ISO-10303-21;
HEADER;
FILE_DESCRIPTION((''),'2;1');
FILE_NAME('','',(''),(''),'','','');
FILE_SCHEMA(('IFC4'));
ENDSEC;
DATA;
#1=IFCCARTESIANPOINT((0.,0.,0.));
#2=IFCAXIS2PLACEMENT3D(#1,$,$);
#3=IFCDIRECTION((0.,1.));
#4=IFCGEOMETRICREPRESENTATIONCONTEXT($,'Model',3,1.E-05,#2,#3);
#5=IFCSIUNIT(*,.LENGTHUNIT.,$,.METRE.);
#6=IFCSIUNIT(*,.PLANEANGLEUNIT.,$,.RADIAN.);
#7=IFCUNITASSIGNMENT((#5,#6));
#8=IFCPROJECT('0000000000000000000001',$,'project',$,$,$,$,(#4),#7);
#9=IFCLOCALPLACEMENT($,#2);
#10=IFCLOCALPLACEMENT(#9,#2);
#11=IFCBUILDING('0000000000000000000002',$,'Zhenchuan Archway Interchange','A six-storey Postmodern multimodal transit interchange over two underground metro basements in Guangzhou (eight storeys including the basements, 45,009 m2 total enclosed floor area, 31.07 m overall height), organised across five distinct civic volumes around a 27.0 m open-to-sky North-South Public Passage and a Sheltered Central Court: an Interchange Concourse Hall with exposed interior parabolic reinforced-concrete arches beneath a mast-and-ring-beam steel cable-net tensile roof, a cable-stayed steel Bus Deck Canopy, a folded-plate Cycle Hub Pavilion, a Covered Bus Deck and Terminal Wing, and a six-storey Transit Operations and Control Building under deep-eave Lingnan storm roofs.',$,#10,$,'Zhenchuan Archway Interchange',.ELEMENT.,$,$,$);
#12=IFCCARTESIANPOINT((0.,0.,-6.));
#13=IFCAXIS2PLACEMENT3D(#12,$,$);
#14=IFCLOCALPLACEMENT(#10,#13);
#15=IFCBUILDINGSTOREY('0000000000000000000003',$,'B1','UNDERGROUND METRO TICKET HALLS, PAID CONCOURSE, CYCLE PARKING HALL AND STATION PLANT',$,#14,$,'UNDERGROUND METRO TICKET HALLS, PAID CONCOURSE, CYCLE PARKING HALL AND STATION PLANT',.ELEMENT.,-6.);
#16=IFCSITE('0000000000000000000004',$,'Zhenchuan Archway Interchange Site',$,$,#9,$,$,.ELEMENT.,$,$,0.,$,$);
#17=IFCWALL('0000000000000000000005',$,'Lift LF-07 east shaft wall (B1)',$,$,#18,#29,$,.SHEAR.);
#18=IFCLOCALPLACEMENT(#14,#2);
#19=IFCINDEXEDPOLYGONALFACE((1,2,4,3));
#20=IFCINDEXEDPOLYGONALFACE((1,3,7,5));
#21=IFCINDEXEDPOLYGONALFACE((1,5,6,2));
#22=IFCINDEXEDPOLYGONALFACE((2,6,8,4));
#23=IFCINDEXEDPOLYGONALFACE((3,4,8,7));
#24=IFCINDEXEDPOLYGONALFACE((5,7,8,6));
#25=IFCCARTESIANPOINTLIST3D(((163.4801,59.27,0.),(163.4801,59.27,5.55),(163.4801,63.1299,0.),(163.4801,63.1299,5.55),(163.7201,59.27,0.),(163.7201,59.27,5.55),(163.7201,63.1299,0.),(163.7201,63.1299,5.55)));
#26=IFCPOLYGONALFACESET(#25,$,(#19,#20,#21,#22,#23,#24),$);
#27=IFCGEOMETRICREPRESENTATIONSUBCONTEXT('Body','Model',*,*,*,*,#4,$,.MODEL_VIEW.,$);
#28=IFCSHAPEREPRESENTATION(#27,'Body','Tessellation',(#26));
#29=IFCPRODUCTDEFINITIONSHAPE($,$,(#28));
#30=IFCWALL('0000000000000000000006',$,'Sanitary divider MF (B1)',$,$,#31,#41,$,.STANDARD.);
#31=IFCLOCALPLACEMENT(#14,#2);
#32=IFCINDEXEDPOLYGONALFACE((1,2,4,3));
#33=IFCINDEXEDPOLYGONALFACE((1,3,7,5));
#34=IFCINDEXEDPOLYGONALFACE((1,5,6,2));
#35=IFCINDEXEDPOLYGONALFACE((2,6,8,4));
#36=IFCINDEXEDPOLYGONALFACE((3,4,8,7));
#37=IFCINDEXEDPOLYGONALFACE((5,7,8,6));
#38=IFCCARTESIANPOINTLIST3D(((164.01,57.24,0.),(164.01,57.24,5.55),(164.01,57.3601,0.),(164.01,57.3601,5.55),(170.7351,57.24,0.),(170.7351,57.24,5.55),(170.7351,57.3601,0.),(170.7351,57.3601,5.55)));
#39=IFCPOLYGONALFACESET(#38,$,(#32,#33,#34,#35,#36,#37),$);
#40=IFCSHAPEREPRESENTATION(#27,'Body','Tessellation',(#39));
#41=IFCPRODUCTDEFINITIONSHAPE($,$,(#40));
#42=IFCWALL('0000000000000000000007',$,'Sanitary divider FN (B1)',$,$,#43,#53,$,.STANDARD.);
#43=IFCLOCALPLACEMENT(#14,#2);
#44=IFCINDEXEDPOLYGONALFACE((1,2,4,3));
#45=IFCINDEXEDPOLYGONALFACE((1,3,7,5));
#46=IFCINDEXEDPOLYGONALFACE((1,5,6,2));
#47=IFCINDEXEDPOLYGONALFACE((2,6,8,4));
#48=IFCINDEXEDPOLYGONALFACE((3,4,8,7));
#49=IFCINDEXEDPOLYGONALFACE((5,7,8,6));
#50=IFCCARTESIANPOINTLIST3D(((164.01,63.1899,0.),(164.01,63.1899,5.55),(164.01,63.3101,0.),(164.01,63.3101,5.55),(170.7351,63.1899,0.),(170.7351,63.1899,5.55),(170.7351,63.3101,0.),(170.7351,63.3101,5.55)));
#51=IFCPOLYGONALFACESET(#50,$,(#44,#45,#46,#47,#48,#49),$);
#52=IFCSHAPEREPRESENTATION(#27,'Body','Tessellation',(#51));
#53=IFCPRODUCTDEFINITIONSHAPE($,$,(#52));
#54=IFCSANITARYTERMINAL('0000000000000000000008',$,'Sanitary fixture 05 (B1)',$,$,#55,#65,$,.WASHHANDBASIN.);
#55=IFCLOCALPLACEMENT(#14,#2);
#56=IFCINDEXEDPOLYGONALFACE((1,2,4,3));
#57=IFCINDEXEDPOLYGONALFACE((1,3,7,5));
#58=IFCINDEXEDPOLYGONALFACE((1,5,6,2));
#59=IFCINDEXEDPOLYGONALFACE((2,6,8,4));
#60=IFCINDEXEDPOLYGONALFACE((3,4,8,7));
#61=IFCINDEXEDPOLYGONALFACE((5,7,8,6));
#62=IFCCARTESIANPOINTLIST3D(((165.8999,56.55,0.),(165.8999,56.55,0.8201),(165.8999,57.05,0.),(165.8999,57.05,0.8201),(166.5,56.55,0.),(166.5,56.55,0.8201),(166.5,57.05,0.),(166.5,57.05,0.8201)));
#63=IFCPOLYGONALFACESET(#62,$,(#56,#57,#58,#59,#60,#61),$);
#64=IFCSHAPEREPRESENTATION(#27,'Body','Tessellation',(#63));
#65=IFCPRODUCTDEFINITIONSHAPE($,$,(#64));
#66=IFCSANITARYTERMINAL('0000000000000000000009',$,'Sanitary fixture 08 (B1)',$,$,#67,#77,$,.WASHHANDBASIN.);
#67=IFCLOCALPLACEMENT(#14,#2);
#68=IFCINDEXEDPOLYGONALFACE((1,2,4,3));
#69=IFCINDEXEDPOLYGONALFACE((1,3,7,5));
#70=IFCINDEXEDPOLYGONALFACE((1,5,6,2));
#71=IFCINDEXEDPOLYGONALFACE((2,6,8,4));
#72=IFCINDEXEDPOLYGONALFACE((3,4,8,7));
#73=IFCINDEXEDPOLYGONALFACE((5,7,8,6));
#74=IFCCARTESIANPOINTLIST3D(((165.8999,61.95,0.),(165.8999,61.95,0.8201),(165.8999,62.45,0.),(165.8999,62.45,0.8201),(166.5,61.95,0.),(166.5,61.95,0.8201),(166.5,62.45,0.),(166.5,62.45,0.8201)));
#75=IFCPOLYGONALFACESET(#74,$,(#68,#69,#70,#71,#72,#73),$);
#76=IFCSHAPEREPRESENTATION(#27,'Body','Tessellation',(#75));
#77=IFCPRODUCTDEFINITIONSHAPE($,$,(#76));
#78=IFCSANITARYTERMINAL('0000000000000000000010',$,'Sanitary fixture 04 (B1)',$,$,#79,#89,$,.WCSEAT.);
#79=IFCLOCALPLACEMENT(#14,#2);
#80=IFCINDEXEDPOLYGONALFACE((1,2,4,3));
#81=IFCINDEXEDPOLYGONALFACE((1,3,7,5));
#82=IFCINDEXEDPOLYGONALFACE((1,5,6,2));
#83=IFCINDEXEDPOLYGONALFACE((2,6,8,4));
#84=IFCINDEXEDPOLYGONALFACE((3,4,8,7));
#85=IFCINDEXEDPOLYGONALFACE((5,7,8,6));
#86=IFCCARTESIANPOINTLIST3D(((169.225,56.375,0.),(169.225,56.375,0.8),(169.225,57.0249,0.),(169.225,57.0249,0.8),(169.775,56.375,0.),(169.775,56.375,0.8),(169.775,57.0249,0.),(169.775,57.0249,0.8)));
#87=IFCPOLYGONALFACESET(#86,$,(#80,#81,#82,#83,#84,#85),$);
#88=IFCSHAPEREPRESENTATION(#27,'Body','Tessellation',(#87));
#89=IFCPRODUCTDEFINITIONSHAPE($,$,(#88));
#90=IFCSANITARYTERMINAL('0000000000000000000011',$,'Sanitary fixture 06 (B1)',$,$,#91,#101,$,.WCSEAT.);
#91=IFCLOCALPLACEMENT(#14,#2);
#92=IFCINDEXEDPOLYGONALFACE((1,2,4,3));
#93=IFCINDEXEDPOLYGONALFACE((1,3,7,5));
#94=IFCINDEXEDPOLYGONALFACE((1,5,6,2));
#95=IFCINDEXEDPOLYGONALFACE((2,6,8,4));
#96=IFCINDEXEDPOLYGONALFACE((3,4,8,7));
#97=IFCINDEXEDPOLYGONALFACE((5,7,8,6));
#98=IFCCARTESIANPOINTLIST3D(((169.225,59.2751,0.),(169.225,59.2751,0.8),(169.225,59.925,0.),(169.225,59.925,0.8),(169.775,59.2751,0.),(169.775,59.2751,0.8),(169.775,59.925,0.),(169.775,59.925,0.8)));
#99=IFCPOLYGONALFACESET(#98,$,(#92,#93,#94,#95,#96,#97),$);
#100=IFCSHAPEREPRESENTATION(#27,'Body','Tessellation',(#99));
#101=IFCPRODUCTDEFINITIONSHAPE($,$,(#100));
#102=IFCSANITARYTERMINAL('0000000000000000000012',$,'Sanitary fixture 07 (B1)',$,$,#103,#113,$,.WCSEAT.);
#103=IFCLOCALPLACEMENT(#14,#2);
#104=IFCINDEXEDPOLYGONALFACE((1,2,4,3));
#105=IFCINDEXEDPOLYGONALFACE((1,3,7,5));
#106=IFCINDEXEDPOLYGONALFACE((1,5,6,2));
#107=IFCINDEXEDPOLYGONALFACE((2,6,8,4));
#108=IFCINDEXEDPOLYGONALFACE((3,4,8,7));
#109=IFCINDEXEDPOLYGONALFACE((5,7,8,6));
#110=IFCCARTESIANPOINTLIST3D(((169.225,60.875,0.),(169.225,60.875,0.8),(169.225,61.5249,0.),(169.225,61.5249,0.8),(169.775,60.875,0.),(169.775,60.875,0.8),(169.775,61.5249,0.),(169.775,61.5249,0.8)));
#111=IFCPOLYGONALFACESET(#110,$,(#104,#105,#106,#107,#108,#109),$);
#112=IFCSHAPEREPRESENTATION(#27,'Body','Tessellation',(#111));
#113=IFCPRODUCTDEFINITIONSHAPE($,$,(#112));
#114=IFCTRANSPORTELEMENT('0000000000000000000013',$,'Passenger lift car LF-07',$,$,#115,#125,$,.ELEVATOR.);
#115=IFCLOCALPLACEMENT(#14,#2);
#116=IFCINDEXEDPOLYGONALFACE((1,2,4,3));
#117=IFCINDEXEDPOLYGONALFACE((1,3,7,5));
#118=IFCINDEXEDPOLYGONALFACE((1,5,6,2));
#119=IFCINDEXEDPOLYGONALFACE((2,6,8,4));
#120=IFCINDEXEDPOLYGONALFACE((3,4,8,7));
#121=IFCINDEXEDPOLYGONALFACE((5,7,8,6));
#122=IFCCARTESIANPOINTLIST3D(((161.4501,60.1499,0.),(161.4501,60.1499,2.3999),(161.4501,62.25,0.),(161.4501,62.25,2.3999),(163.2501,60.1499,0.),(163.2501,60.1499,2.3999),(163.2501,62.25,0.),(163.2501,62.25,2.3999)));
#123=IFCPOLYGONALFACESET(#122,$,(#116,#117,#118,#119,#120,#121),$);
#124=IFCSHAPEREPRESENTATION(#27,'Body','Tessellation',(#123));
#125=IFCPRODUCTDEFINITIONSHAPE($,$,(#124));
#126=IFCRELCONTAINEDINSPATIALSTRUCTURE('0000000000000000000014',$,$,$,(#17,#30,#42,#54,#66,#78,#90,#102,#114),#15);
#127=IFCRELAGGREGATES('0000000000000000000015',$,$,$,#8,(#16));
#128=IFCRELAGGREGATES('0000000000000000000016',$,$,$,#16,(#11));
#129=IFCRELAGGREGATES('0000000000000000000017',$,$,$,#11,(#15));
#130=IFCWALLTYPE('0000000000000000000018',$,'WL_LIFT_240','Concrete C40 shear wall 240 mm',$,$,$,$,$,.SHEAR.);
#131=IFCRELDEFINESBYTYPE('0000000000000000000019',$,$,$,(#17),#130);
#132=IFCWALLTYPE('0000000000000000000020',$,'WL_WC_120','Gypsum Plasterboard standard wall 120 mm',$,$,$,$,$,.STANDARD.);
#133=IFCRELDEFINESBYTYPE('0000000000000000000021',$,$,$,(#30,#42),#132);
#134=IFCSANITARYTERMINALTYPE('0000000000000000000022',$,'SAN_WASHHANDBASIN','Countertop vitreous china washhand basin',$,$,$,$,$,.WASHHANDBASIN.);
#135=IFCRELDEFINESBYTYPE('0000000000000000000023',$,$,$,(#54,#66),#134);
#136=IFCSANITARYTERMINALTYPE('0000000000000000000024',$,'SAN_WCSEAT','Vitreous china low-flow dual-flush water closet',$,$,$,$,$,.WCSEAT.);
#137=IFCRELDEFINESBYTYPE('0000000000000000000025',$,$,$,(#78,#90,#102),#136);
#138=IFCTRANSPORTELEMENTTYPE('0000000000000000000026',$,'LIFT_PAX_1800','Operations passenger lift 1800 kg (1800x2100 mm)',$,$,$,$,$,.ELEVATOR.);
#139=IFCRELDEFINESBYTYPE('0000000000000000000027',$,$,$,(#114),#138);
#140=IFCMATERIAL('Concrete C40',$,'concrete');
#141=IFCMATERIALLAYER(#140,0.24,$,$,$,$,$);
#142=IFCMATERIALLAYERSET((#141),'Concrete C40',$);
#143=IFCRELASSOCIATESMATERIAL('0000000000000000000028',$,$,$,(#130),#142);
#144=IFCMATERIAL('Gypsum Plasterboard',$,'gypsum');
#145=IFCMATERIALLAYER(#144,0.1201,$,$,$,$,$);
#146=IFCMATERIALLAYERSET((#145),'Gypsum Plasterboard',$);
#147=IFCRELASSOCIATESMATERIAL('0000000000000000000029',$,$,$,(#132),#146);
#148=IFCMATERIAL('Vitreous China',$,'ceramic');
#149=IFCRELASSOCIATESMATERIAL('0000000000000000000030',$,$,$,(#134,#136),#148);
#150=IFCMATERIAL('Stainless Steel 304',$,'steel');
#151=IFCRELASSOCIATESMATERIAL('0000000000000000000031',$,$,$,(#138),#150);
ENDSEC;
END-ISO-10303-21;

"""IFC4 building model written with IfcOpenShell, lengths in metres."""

from ifc_helpers import new_model, si_unit, direction, frame, frame_2d, origin, origin_2d, place, context, subcontext, project, spatial, rectangle, extrude, material, layer, layer_set, type_object, element, save


model = new_model("IFC4")

# Units and contexts
model_context = context("Model", 3, precision=1e-05, world=origin(), true_north=direction((0.0, 1.0)))
body_context = subcontext(model_context, "Body", "Model", "MODEL_VIEW")
ifc_project = project(units=[si_unit("LENGTHUNIT", "METRE"), si_unit("PLANEANGLEUNIT", "RADIAN")], contexts=[model_context])

# Site, building, storey
site_placement = place(None, origin())
site = spatial("IfcSite", under=ifc_project, at=site_placement, Name="Zhenchuan Archway Interchange Site", CompositionType="ELEMENT", RefElevation=0.0)
building_placement = place(site_placement, origin())
building = spatial("IfcBuilding", under=site, at=building_placement, Name="Zhenchuan Archway Interchange", Description="A six-storey Postmodern multimodal transit interchange over two underground metro basements in Guangzhou (eight storeys including the basements, 45,009 m2 total enclosed floor area, 31.07 m overall height), organised across five distinct civic volumes around a 27.0 m open-to-sky North-South Public Passage and a Sheltered Central Court: an Interchange Concourse Hall with exposed interior parabolic reinforced-concrete arches beneath a mast-and-ring-beam steel cable-net tensile roof, a cable-stayed steel Bus Deck Canopy, a folded-plate Cycle Hub Pavilion, a Covered Bus Deck and Terminal Wing, and a six-storey Transit Operations and Control Building under deep-eave Lingnan storm roofs.", LongName="Zhenchuan Archway Interchange", CompositionType="ELEMENT")
storey_placement = place(building_placement, frame((0.0, 0.0, -6.0)))
storey = spatial("IfcBuildingStorey", under=building, at=storey_placement, Name="B1", Description="UNDERGROUND METRO TICKET HALLS, PAID CONCOURSE, CYCLE PARKING HALL AND STATION PLANT", LongName="UNDERGROUND METRO TICKET HALLS, PAID CONCOURSE, CYCLE PARKING HALL AND STATION PLANT", CompositionType="ELEMENT", Elevation=-6.0)

# Shared definitions
ifc_material_1 = material(Name="Concrete C40", Category="concrete")

# Walls
ifc_layer_1 = layer(ifc_material_1, 0.24)
ifc_layer_set_1 = layer_set([ifc_layer_1], Name="Concrete C40")
wall_type_1 = type_object("IfcWallType", Name="WL_LIFT_240", Description="Concrete C40 shear wall 240 mm", PredefinedType="SHEAR", material=ifc_layer_set_1)
wall_1_placement = place(storey_placement, frame((163.6001, 59.27, 0.0), z_axis=(0.0, 0.0, 1.0), x_axis=(0.0, 1.0, 0.0)))
element("IfcWall", 1, at=wall_1_placement, inside=storey, type_object=wall_type_1, Name="Lift LF-07 east shaft wall (B1)", PredefinedType="SHEAR", context=body_context, shape_type="SweptSolid", body=[
    extrude(rectangle(XDim=3.8599, YDim=0.24, at=frame_2d((1.9299, 0.0))), origin(), (0.0, 0.0, 1.0), 5.55),
])
ifc_material_2 = material(Name="Gypsum Plasterboard", Category="gypsum")
ifc_layer_2 = layer(ifc_material_2, 0.1201)
ifc_layer_set_2 = layer_set([ifc_layer_2], Name="Gypsum Plasterboard")
wall_type_2 = type_object("IfcWallType", Name="WL_WC_120", Description="Gypsum Plasterboard standard wall 120 mm", PredefinedType="STANDARD", material=ifc_layer_set_2)
for number, where, z_axis, x_axis, name in (
    (2, (164.01, 57.3, 0.0), (0.0, 0.0, 1.0), (1.0, 0.0, 0.0), "Sanitary divider MF (B1)"),
    (3, (164.01, 63.25, 0.0), (0.0, 0.0, 1.0), (1.0, 0.0, 0.0), "Sanitary divider FN (B1)"),
):
    element("IfcWall", number, at=place(storey_placement, frame(where, z_axis=z_axis, x_axis=x_axis)), inside=storey, type_object=wall_type_2, Name=name, PredefinedType="STANDARD", context=body_context, shape_type="SweptSolid", body=[
        extrude(rectangle(XDim=6.7251, YDim=0.1201, at=frame_2d((3.3625, 0.0))), origin(), (0.0, 0.0, 1.0), 5.55),
    ])

# Sanitary terminals
ifc_material_3 = material(Name="Vitreous China", Category="ceramic")
sanitary_terminal_type_1 = type_object("IfcSanitaryTerminalType", Name="SAN_WASHHANDBASIN", Description="Countertop vitreous china washhand basin", PredefinedType="WASHHANDBASIN", material=ifc_material_3)
for number, where, z_axis, x_axis, name in (
    (4, (166.2, 56.8, 0.0), (0.0, 0.0, 1.0), (1.0, 0.0, 0.0), "Sanitary fixture 05 (B1)"),
    (5, (166.2, 62.2, 0.0), (0.0, 0.0, 1.0), (1.0, 0.0, 0.0), "Sanitary fixture 08 (B1)"),
):
    element("IfcSanitaryTerminal", number, at=place(storey_placement, frame(where, z_axis=z_axis, x_axis=x_axis)), inside=storey, type_object=sanitary_terminal_type_1, Name=name, PredefinedType="WASHHANDBASIN", context=body_context, shape_type="SweptSolid", body=[
        extrude(rectangle(XDim=0.6001, YDim=0.5, at=origin_2d()), origin(), (0.0, 0.0, 1.0), 0.8201),
    ])
sanitary_terminal_type_2 = type_object("IfcSanitaryTerminalType", Name="SAN_WCSEAT", Description="Vitreous china low-flow dual-flush water closet", PredefinedType="WCSEAT", material=ifc_material_3)
for number, where, z_axis, x_axis, name in (
    (6, (169.5, 56.7, 0.0), (0.0, 0.0, 1.0), (1.0, 0.0, 0.0), "Sanitary fixture 04 (B1)"),
    (7, (169.5, 59.6001, 0.0), (0.0, 0.0, 1.0), (1.0, 0.0, 0.0), "Sanitary fixture 06 (B1)"),
    (8, (169.5, 61.2, 0.0), (0.0, 0.0, 1.0), (1.0, 0.0, 0.0), "Sanitary fixture 07 (B1)"),
):
    element("IfcSanitaryTerminal", number, at=place(storey_placement, frame(where, z_axis=z_axis, x_axis=x_axis)), inside=storey, type_object=sanitary_terminal_type_2, Name=name, PredefinedType="WCSEAT", context=body_context, shape_type="SweptSolid", body=[
        extrude(rectangle(XDim=0.55, YDim=0.6499, at=origin_2d()), origin(), (0.0, 0.0, 1.0), 0.8),
    ])

# Transport element
ifc_material_4 = material(Name="Stainless Steel 304", Category="steel")
transport_element_type = type_object("IfcTransportElementType", Name="LIFT_PAX_1800", Description="Operations passenger lift 1800 kg (1800x2100 mm)", PredefinedType="ELEVATOR", material=ifc_material_4)
transport_element_placement = place(storey_placement, frame((162.3501, 61.2, 0.0), z_axis=(0.0, 0.0, 1.0), x_axis=(1.0, 0.0, 0.0)))
element("IfcTransportElement", 9, at=transport_element_placement, inside=storey, type_object=transport_element_type, Name="Passenger lift car LF-07", PredefinedType="ELEVATOR", context=body_context, shape_type="SweptSolid", body=[
    extrude(rectangle(XDim=1.8, YDim=2.1001, at=origin_2d()), origin(), (0.0, 0.0, 1.0), 2.3999),
])

save(model, "model.ifc")
